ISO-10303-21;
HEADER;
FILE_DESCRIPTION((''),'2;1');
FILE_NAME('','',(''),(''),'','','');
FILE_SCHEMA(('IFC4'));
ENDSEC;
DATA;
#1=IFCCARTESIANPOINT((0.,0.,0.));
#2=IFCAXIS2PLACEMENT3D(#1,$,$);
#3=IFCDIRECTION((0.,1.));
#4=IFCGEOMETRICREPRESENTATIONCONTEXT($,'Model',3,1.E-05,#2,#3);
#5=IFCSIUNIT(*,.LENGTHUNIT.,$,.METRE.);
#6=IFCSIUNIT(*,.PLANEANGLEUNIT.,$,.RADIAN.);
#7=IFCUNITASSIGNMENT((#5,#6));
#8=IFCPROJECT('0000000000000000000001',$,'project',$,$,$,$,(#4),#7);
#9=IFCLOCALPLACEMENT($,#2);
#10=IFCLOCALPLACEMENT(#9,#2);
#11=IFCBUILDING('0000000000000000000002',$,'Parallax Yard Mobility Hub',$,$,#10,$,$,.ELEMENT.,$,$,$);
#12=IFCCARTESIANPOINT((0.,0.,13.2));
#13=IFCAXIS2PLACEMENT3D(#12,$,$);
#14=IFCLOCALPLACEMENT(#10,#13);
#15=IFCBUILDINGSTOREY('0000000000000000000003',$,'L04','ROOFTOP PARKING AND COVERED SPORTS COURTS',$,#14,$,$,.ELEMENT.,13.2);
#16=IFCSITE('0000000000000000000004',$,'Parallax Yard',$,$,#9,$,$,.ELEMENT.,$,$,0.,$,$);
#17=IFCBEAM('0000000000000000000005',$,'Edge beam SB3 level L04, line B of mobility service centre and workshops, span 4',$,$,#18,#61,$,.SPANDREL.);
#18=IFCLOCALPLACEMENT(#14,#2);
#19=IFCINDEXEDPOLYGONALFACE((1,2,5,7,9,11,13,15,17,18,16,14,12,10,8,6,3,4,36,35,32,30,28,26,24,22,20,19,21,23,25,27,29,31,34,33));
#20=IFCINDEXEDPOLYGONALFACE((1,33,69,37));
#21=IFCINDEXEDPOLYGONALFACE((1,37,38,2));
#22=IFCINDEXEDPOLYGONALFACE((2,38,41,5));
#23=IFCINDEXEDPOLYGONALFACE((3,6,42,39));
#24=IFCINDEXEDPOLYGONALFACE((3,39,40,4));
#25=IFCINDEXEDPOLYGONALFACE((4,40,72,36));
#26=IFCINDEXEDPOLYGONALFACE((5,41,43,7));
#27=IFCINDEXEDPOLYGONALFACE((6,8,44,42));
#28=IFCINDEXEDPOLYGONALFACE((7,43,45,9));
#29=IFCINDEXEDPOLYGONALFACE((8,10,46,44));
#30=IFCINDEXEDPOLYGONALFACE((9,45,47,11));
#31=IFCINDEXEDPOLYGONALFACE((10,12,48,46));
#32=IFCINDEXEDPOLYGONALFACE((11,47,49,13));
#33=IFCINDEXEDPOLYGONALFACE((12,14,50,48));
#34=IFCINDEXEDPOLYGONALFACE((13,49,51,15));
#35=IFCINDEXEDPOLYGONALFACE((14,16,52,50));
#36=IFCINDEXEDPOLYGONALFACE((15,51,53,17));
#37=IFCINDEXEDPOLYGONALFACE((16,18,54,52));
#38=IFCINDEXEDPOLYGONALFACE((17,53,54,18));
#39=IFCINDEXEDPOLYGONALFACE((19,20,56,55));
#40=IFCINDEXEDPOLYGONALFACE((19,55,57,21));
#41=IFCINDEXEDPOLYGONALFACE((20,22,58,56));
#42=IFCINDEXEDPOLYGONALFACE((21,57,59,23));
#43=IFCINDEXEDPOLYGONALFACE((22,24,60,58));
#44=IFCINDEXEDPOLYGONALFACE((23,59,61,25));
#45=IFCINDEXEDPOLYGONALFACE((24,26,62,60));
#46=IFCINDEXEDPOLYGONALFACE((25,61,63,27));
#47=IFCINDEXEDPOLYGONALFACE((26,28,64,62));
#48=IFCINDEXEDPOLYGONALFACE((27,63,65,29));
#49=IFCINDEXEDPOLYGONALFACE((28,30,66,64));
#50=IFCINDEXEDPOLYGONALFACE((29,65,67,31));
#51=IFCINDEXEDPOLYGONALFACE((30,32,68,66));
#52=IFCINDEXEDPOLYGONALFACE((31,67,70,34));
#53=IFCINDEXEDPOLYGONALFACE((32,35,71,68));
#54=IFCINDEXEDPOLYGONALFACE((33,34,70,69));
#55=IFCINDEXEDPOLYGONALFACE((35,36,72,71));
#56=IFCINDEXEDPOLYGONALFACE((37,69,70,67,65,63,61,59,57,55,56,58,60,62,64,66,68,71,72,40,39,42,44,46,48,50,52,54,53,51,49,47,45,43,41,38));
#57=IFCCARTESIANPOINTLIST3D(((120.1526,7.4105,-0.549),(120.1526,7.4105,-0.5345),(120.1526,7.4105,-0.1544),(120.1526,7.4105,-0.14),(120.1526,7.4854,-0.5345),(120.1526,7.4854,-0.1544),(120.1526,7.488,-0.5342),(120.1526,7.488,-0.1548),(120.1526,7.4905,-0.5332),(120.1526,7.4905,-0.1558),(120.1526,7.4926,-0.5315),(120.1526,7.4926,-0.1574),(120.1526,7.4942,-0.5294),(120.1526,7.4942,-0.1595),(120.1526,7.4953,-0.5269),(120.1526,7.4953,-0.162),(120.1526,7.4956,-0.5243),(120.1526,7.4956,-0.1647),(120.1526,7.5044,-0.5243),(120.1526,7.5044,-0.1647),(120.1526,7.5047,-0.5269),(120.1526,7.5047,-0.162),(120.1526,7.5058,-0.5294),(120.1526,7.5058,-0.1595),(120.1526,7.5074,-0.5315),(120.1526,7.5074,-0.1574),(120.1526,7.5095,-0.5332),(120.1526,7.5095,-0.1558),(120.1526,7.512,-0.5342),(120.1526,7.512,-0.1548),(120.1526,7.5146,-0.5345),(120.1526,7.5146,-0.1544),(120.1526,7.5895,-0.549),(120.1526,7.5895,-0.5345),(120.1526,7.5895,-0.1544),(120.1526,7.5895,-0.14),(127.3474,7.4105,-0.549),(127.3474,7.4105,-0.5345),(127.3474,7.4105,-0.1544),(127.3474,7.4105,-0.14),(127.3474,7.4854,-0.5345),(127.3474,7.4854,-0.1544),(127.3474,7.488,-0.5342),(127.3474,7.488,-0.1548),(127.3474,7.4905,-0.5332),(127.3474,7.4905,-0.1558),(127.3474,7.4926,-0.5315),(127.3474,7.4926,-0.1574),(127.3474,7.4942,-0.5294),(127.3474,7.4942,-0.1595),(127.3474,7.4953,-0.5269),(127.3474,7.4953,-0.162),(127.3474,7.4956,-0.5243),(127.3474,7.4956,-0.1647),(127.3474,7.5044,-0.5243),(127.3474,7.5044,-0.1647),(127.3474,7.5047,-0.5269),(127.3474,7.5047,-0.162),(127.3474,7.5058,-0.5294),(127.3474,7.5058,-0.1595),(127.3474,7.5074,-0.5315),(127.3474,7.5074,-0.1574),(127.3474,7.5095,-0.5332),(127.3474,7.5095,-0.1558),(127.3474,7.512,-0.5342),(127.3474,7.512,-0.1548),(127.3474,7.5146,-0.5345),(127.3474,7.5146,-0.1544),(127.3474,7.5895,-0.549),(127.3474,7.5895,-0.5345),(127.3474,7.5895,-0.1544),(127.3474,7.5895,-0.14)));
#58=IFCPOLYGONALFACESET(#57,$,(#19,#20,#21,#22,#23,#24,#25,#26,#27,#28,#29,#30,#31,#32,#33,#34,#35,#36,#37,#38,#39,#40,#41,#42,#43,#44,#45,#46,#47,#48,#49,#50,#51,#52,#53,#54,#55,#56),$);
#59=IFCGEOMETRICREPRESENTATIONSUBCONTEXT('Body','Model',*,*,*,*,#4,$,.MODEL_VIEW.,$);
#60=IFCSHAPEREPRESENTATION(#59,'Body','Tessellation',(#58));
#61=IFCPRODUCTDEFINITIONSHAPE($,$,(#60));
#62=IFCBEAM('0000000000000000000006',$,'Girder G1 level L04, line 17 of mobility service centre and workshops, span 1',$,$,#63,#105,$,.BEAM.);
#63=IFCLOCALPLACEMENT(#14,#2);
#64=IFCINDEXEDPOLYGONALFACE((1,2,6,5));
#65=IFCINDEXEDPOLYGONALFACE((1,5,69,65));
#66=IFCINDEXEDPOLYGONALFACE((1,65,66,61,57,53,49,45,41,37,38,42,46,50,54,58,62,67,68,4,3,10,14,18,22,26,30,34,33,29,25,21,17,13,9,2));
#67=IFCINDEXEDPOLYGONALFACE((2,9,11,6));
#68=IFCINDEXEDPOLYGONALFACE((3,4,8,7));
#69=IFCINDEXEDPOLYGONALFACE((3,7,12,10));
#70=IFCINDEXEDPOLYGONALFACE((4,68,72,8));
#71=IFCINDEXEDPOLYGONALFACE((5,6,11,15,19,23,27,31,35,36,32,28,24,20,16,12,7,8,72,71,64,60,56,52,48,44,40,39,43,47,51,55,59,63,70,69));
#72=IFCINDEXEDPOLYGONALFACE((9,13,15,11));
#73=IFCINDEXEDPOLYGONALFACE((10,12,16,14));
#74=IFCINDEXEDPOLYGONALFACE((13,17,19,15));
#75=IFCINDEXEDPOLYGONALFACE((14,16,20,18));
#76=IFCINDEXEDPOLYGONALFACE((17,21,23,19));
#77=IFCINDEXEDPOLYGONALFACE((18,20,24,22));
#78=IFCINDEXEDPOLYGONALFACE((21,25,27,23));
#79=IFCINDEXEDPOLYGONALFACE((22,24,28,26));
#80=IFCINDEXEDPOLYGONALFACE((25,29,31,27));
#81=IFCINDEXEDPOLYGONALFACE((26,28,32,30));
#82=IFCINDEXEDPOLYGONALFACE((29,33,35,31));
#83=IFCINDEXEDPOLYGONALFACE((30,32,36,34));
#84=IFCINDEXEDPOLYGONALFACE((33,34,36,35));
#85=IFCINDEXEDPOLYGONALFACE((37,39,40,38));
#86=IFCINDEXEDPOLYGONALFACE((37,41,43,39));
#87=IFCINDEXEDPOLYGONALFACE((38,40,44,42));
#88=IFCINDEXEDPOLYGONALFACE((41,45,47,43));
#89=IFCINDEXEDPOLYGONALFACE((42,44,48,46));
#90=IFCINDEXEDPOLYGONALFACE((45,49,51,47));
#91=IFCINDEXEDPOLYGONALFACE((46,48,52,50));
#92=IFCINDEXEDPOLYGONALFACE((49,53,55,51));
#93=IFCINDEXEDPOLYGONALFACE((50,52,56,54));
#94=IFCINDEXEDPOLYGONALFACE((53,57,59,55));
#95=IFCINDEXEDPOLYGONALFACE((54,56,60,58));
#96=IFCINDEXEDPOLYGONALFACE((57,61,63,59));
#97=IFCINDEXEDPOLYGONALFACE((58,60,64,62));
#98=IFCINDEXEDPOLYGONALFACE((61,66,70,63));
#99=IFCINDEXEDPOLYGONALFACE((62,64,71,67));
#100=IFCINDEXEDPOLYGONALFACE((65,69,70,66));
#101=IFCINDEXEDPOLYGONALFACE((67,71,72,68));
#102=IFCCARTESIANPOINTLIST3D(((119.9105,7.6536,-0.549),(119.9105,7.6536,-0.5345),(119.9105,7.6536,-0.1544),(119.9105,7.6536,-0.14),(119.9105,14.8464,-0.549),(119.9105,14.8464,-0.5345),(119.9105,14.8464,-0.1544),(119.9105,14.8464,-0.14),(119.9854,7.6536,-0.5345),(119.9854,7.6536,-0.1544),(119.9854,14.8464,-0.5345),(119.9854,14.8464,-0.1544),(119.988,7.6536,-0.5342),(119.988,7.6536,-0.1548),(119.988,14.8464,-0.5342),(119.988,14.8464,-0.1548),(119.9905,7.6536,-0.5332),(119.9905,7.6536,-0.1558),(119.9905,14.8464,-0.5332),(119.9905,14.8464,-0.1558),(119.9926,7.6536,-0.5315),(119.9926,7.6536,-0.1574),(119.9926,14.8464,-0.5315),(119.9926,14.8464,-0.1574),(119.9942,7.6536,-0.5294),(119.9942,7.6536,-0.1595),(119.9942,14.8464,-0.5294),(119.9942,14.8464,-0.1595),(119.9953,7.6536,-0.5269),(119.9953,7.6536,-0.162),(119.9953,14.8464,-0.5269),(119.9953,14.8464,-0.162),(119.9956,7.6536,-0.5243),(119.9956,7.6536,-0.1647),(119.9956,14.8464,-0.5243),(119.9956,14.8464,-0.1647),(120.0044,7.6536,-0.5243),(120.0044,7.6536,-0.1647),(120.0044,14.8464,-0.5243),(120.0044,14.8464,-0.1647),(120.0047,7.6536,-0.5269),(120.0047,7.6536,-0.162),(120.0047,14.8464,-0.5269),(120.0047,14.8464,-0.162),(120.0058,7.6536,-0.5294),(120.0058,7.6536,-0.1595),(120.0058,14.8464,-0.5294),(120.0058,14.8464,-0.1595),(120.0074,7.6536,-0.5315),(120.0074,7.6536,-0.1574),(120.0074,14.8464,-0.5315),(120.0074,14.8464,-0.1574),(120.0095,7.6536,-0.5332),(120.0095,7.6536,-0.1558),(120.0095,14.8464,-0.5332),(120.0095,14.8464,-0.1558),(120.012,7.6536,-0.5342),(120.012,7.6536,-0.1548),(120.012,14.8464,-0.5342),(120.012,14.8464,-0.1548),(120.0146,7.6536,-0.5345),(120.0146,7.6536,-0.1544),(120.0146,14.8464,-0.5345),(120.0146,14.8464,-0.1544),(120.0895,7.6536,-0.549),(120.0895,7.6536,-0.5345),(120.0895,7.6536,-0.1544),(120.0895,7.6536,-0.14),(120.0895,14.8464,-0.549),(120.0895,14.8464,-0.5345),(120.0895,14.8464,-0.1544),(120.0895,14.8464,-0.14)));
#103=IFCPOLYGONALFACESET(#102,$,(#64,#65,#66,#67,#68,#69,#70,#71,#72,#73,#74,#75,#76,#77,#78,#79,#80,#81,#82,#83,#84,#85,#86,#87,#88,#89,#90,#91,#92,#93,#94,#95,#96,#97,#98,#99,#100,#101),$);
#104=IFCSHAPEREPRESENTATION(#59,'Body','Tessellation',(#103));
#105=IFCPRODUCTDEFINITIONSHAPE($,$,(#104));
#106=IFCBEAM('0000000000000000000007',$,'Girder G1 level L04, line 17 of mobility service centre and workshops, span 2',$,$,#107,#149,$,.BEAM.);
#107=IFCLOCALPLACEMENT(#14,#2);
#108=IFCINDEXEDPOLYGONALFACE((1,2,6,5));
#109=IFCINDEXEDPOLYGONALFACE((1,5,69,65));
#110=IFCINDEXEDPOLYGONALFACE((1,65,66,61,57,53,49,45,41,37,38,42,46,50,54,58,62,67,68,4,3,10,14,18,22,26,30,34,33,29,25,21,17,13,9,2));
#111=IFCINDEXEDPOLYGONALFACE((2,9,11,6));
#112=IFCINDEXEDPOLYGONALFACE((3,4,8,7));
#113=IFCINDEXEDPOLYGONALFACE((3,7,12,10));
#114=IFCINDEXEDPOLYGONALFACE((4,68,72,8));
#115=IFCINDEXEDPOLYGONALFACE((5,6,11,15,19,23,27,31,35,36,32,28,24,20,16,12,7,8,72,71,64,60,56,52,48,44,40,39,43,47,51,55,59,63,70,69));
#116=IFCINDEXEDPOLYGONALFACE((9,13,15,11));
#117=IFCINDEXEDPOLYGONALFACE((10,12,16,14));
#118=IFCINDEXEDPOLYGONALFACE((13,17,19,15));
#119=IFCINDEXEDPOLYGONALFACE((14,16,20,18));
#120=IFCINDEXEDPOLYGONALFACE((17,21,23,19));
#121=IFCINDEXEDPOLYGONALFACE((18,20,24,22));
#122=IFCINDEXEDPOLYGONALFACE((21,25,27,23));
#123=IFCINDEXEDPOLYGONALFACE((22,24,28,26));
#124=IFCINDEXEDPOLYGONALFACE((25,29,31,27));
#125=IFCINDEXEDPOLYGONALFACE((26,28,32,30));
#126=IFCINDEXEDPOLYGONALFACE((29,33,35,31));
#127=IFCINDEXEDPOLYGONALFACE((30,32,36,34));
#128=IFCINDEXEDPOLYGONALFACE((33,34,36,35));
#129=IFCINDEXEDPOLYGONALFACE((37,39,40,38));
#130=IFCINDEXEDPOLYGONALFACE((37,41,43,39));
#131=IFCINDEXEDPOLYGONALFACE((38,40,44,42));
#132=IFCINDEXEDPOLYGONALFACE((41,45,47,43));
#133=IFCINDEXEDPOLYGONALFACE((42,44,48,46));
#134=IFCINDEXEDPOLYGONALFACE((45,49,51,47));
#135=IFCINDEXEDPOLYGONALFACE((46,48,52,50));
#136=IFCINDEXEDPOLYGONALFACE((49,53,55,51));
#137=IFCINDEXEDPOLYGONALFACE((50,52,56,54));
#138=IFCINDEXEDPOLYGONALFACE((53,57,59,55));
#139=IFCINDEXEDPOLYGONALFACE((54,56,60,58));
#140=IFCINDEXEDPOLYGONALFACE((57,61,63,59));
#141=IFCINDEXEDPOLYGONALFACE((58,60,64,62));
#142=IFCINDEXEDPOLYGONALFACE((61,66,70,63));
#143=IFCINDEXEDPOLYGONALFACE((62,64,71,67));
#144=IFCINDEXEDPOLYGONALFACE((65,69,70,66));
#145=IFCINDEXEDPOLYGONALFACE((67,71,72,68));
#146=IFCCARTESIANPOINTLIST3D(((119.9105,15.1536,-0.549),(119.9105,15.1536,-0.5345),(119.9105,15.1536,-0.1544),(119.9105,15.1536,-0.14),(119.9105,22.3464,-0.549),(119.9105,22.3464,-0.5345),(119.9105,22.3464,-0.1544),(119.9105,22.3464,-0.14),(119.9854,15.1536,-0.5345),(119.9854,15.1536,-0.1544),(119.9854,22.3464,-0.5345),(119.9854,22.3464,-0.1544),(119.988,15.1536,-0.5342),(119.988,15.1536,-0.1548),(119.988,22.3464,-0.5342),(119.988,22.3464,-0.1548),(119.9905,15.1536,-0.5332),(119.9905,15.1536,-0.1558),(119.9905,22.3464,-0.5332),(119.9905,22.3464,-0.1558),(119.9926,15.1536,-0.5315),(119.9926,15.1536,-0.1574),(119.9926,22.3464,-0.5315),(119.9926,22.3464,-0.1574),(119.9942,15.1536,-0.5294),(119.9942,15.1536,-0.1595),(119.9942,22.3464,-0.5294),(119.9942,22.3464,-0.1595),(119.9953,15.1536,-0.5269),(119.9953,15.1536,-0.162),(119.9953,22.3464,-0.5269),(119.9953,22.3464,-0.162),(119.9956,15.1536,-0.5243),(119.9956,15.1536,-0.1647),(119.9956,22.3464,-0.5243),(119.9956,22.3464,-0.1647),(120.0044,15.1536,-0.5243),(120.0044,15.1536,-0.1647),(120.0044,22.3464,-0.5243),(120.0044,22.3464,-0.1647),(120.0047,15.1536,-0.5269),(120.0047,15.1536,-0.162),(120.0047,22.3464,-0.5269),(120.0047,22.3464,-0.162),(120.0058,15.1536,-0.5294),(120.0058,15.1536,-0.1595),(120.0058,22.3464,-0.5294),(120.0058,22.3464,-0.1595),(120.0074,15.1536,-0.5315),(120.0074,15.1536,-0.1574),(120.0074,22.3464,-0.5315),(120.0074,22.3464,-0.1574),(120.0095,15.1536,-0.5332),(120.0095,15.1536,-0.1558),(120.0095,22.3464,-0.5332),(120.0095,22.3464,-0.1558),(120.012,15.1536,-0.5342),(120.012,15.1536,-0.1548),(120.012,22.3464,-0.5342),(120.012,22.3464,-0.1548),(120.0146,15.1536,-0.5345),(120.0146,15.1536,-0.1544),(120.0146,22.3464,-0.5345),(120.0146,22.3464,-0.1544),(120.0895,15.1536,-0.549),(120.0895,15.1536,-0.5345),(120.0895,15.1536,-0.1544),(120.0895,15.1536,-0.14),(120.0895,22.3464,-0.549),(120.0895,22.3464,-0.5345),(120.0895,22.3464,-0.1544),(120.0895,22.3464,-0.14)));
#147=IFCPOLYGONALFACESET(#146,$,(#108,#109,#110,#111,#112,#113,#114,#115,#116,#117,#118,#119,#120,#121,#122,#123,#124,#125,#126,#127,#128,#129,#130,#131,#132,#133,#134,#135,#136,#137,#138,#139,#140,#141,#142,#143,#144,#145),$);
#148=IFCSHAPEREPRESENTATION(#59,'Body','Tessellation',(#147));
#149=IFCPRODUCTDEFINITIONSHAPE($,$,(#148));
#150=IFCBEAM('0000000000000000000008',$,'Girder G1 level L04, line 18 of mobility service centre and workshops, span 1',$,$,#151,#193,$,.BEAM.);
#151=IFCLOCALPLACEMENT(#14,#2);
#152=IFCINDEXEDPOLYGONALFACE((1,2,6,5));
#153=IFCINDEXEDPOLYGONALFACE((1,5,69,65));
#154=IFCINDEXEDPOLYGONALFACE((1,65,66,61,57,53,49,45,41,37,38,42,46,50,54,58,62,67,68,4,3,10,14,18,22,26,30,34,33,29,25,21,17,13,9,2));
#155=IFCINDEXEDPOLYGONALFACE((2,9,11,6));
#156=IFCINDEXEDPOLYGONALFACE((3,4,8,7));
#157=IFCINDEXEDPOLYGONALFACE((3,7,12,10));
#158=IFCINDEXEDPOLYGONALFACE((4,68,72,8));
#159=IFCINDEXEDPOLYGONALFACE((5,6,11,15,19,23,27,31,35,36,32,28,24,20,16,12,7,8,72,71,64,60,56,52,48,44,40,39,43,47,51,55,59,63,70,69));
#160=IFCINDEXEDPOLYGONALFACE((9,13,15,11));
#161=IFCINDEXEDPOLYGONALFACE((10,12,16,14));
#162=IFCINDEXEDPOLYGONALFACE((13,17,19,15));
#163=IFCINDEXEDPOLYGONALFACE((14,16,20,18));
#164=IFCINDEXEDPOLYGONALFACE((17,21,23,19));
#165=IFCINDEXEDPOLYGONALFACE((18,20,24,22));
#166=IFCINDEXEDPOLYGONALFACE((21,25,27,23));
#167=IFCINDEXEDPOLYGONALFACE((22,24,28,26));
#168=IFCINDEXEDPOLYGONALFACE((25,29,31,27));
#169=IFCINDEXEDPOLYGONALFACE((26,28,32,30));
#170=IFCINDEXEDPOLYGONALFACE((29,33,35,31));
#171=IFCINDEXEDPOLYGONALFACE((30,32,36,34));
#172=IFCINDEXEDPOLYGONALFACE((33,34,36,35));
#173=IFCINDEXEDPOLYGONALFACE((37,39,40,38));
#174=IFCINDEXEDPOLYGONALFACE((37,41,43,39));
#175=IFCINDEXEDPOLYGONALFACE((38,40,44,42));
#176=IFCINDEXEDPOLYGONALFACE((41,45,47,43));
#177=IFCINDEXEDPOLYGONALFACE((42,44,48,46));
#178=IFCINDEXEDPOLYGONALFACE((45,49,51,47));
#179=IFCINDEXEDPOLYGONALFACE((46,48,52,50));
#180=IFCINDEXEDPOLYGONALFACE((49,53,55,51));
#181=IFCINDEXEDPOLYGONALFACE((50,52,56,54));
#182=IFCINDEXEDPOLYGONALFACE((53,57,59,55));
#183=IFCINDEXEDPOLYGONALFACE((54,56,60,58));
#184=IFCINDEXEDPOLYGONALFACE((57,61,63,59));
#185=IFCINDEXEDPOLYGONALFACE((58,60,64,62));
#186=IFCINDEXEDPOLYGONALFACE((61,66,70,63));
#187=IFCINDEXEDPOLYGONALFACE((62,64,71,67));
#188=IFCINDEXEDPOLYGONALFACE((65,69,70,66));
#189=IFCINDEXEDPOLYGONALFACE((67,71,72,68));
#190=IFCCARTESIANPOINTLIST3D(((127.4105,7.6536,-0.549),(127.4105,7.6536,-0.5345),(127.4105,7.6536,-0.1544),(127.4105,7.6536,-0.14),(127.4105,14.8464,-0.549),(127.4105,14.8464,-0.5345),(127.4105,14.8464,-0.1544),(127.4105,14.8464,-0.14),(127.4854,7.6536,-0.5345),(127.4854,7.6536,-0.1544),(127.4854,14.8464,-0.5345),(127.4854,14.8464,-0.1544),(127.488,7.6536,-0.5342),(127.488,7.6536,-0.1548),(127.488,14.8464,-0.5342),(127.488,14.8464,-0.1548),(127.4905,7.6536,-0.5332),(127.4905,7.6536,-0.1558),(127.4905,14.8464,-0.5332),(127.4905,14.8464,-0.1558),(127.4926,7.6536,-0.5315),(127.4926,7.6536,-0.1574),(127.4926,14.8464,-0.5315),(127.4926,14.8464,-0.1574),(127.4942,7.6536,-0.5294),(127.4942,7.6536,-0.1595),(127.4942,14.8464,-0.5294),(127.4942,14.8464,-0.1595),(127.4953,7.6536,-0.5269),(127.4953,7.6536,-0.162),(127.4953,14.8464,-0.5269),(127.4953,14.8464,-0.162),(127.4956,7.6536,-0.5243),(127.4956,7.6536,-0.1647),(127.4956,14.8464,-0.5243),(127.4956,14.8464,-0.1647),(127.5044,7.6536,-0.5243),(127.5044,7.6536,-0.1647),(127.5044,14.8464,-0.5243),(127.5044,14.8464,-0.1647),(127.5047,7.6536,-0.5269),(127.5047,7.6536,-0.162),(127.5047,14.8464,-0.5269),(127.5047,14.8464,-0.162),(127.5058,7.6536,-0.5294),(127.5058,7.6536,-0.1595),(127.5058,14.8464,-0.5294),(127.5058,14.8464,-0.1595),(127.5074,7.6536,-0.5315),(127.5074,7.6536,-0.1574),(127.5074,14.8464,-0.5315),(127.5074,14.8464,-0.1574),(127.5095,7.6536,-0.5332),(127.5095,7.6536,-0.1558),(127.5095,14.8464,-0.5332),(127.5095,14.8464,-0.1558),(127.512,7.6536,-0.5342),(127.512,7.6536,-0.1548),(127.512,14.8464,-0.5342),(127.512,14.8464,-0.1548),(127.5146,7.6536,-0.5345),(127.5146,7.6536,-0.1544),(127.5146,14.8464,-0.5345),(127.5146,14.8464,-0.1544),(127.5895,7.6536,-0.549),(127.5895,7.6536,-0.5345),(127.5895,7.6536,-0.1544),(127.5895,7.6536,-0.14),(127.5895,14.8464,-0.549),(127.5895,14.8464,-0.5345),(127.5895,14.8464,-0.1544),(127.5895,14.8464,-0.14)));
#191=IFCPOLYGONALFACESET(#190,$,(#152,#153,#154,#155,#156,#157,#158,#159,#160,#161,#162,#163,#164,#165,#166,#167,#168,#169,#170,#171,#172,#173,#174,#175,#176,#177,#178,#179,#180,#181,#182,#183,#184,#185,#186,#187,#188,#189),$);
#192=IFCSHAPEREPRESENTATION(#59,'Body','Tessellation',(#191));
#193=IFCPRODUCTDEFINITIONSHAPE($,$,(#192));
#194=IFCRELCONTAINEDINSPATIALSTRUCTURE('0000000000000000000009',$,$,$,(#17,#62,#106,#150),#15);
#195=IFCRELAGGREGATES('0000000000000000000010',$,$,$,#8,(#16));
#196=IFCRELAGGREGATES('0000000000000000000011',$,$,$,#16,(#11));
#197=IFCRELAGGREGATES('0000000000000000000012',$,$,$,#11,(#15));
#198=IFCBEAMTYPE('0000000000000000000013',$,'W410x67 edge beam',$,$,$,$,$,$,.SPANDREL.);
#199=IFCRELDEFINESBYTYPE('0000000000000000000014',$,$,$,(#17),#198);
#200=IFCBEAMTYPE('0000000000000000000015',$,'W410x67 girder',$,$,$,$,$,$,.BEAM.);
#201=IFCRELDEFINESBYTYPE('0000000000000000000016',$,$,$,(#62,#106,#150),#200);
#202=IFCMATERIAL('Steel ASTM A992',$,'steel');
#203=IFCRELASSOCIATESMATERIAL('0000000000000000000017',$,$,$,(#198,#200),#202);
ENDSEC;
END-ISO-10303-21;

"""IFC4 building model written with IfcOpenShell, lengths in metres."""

from ifc_helpers import new_model, si_unit, direction, frame, origin, origin_2d, place, context, subcontext, project, spatial, i_section, extrude, material, material_profile, profile_set, type_object, element, save


model = new_model("IFC4")

# Units and contexts
model_context = context("Model", 3, precision=1e-05, world=origin(), true_north=direction((0.0, 1.0)))
body_context = subcontext(model_context, "Body", "Model", "MODEL_VIEW")
ifc_project = project(units=[si_unit("LENGTHUNIT", "METRE"), si_unit("PLANEANGLEUNIT", "RADIAN")], contexts=[model_context])

# Site, building, storey
site_placement = place(None, origin())
site = spatial("IfcSite", under=ifc_project, at=site_placement, Name="Parallax Yard", CompositionType="ELEMENT", RefElevation=0.0)
building_placement = place(site_placement, origin())
building = spatial("IfcBuilding", under=site, at=building_placement, Name="Parallax Yard Mobility Hub", CompositionType="ELEMENT")
storey_placement = place(building_placement, frame((0.0, 0.0, 13.2)))
storey = spatial("IfcBuildingStorey", under=building, at=storey_placement, Name="L04", Description="ROOFTOP PARKING AND COVERED SPORTS COURTS", CompositionType="ELEMENT", Elevation=13.2)

# Shared definitions
ifc_material_1 = material(Name="Steel ASTM A992", Category="steel")

# Beams
ifc_material_profile_1 = material_profile(ifc_material_1, i_section(OverallWidth=0.179, OverallDepth=0.4089, WebThickness=0.0088, FlangeThickness=0.0144, FilletRadius=0.0103, at=origin_2d()), Name="W410x67")
ifc_profile_set_1 = profile_set([ifc_material_profile_1], Name="Steel ASTM A992")
beam_type_1 = type_object("IfcBeamType", Name="W410x67 edge beam", PredefinedType="SPANDREL", material=ifc_profile_set_1)
beam_1_placement = place(storey_placement, frame((120.1526, 7.5, -0.3445), z_axis=(1.0, 0.0, 0.0), x_axis=(0.0, 1.0, 0.0)))
element("IfcBeam", 1, at=beam_1_placement, inside=storey, type_object=beam_type_1, Name="Edge beam SB3 level L04, line B of mobility service centre and workshops, span 4", PredefinedType="SPANDREL", context=body_context, shape_type="SweptSolid", body=[
    extrude(i_section(OverallWidth=0.179, OverallDepth=0.4089, WebThickness=0.0088, FlangeThickness=0.0144, FilletRadius=0.0103, at=origin_2d()), origin(), (0.0, 0.0, 1.0), 7.1948),
])
ifc_material_profile_2 = material_profile(ifc_material_1, i_section(OverallWidth=0.179, OverallDepth=0.4089, WebThickness=0.0088, FlangeThickness=0.0144, FilletRadius=0.0103, at=origin_2d()), Name="W410x67")
ifc_profile_set_2 = profile_set([ifc_material_profile_2], Name="Steel ASTM A992")
beam_type_2 = type_object("IfcBeamType", Name="W410x67 girder", PredefinedType="BEAM", material=ifc_profile_set_2)
for number, where, z_axis, x_axis, name in (
    (2, (120.0, 7.6536, -0.3445), (0.0, 1.0, 0.0), (-1.0, 0.0, 0.0), "Girder G1 level L04, line 17 of mobility service centre and workshops, span 1"),
    (3, (120.0, 15.1536, -0.3445), (0.0, 1.0, 0.0), (-1.0, 0.0, 0.0), "Girder G1 level L04, line 17 of mobility service centre and workshops, span 2"),
    (4, (127.5, 7.6536, -0.3445), (0.0, 1.0, 0.0), (-1.0, 0.0, 0.0), "Girder G1 level L04, line 18 of mobility service centre and workshops, span 1"),
):
    element("IfcBeam", number, at=place(storey_placement, frame(where, z_axis=z_axis, x_axis=x_axis)), inside=storey, type_object=beam_type_2, Name=name, PredefinedType="BEAM", context=body_context, shape_type="SweptSolid", body=[
        extrude(i_section(OverallWidth=0.179, OverallDepth=0.4089, WebThickness=0.0088, FlangeThickness=0.0144, FilletRadius=0.0103, at=origin_2d()), origin(), (0.0, 0.0, 1.0), 7.1929),
    ])

save(model, "model.ifc")
